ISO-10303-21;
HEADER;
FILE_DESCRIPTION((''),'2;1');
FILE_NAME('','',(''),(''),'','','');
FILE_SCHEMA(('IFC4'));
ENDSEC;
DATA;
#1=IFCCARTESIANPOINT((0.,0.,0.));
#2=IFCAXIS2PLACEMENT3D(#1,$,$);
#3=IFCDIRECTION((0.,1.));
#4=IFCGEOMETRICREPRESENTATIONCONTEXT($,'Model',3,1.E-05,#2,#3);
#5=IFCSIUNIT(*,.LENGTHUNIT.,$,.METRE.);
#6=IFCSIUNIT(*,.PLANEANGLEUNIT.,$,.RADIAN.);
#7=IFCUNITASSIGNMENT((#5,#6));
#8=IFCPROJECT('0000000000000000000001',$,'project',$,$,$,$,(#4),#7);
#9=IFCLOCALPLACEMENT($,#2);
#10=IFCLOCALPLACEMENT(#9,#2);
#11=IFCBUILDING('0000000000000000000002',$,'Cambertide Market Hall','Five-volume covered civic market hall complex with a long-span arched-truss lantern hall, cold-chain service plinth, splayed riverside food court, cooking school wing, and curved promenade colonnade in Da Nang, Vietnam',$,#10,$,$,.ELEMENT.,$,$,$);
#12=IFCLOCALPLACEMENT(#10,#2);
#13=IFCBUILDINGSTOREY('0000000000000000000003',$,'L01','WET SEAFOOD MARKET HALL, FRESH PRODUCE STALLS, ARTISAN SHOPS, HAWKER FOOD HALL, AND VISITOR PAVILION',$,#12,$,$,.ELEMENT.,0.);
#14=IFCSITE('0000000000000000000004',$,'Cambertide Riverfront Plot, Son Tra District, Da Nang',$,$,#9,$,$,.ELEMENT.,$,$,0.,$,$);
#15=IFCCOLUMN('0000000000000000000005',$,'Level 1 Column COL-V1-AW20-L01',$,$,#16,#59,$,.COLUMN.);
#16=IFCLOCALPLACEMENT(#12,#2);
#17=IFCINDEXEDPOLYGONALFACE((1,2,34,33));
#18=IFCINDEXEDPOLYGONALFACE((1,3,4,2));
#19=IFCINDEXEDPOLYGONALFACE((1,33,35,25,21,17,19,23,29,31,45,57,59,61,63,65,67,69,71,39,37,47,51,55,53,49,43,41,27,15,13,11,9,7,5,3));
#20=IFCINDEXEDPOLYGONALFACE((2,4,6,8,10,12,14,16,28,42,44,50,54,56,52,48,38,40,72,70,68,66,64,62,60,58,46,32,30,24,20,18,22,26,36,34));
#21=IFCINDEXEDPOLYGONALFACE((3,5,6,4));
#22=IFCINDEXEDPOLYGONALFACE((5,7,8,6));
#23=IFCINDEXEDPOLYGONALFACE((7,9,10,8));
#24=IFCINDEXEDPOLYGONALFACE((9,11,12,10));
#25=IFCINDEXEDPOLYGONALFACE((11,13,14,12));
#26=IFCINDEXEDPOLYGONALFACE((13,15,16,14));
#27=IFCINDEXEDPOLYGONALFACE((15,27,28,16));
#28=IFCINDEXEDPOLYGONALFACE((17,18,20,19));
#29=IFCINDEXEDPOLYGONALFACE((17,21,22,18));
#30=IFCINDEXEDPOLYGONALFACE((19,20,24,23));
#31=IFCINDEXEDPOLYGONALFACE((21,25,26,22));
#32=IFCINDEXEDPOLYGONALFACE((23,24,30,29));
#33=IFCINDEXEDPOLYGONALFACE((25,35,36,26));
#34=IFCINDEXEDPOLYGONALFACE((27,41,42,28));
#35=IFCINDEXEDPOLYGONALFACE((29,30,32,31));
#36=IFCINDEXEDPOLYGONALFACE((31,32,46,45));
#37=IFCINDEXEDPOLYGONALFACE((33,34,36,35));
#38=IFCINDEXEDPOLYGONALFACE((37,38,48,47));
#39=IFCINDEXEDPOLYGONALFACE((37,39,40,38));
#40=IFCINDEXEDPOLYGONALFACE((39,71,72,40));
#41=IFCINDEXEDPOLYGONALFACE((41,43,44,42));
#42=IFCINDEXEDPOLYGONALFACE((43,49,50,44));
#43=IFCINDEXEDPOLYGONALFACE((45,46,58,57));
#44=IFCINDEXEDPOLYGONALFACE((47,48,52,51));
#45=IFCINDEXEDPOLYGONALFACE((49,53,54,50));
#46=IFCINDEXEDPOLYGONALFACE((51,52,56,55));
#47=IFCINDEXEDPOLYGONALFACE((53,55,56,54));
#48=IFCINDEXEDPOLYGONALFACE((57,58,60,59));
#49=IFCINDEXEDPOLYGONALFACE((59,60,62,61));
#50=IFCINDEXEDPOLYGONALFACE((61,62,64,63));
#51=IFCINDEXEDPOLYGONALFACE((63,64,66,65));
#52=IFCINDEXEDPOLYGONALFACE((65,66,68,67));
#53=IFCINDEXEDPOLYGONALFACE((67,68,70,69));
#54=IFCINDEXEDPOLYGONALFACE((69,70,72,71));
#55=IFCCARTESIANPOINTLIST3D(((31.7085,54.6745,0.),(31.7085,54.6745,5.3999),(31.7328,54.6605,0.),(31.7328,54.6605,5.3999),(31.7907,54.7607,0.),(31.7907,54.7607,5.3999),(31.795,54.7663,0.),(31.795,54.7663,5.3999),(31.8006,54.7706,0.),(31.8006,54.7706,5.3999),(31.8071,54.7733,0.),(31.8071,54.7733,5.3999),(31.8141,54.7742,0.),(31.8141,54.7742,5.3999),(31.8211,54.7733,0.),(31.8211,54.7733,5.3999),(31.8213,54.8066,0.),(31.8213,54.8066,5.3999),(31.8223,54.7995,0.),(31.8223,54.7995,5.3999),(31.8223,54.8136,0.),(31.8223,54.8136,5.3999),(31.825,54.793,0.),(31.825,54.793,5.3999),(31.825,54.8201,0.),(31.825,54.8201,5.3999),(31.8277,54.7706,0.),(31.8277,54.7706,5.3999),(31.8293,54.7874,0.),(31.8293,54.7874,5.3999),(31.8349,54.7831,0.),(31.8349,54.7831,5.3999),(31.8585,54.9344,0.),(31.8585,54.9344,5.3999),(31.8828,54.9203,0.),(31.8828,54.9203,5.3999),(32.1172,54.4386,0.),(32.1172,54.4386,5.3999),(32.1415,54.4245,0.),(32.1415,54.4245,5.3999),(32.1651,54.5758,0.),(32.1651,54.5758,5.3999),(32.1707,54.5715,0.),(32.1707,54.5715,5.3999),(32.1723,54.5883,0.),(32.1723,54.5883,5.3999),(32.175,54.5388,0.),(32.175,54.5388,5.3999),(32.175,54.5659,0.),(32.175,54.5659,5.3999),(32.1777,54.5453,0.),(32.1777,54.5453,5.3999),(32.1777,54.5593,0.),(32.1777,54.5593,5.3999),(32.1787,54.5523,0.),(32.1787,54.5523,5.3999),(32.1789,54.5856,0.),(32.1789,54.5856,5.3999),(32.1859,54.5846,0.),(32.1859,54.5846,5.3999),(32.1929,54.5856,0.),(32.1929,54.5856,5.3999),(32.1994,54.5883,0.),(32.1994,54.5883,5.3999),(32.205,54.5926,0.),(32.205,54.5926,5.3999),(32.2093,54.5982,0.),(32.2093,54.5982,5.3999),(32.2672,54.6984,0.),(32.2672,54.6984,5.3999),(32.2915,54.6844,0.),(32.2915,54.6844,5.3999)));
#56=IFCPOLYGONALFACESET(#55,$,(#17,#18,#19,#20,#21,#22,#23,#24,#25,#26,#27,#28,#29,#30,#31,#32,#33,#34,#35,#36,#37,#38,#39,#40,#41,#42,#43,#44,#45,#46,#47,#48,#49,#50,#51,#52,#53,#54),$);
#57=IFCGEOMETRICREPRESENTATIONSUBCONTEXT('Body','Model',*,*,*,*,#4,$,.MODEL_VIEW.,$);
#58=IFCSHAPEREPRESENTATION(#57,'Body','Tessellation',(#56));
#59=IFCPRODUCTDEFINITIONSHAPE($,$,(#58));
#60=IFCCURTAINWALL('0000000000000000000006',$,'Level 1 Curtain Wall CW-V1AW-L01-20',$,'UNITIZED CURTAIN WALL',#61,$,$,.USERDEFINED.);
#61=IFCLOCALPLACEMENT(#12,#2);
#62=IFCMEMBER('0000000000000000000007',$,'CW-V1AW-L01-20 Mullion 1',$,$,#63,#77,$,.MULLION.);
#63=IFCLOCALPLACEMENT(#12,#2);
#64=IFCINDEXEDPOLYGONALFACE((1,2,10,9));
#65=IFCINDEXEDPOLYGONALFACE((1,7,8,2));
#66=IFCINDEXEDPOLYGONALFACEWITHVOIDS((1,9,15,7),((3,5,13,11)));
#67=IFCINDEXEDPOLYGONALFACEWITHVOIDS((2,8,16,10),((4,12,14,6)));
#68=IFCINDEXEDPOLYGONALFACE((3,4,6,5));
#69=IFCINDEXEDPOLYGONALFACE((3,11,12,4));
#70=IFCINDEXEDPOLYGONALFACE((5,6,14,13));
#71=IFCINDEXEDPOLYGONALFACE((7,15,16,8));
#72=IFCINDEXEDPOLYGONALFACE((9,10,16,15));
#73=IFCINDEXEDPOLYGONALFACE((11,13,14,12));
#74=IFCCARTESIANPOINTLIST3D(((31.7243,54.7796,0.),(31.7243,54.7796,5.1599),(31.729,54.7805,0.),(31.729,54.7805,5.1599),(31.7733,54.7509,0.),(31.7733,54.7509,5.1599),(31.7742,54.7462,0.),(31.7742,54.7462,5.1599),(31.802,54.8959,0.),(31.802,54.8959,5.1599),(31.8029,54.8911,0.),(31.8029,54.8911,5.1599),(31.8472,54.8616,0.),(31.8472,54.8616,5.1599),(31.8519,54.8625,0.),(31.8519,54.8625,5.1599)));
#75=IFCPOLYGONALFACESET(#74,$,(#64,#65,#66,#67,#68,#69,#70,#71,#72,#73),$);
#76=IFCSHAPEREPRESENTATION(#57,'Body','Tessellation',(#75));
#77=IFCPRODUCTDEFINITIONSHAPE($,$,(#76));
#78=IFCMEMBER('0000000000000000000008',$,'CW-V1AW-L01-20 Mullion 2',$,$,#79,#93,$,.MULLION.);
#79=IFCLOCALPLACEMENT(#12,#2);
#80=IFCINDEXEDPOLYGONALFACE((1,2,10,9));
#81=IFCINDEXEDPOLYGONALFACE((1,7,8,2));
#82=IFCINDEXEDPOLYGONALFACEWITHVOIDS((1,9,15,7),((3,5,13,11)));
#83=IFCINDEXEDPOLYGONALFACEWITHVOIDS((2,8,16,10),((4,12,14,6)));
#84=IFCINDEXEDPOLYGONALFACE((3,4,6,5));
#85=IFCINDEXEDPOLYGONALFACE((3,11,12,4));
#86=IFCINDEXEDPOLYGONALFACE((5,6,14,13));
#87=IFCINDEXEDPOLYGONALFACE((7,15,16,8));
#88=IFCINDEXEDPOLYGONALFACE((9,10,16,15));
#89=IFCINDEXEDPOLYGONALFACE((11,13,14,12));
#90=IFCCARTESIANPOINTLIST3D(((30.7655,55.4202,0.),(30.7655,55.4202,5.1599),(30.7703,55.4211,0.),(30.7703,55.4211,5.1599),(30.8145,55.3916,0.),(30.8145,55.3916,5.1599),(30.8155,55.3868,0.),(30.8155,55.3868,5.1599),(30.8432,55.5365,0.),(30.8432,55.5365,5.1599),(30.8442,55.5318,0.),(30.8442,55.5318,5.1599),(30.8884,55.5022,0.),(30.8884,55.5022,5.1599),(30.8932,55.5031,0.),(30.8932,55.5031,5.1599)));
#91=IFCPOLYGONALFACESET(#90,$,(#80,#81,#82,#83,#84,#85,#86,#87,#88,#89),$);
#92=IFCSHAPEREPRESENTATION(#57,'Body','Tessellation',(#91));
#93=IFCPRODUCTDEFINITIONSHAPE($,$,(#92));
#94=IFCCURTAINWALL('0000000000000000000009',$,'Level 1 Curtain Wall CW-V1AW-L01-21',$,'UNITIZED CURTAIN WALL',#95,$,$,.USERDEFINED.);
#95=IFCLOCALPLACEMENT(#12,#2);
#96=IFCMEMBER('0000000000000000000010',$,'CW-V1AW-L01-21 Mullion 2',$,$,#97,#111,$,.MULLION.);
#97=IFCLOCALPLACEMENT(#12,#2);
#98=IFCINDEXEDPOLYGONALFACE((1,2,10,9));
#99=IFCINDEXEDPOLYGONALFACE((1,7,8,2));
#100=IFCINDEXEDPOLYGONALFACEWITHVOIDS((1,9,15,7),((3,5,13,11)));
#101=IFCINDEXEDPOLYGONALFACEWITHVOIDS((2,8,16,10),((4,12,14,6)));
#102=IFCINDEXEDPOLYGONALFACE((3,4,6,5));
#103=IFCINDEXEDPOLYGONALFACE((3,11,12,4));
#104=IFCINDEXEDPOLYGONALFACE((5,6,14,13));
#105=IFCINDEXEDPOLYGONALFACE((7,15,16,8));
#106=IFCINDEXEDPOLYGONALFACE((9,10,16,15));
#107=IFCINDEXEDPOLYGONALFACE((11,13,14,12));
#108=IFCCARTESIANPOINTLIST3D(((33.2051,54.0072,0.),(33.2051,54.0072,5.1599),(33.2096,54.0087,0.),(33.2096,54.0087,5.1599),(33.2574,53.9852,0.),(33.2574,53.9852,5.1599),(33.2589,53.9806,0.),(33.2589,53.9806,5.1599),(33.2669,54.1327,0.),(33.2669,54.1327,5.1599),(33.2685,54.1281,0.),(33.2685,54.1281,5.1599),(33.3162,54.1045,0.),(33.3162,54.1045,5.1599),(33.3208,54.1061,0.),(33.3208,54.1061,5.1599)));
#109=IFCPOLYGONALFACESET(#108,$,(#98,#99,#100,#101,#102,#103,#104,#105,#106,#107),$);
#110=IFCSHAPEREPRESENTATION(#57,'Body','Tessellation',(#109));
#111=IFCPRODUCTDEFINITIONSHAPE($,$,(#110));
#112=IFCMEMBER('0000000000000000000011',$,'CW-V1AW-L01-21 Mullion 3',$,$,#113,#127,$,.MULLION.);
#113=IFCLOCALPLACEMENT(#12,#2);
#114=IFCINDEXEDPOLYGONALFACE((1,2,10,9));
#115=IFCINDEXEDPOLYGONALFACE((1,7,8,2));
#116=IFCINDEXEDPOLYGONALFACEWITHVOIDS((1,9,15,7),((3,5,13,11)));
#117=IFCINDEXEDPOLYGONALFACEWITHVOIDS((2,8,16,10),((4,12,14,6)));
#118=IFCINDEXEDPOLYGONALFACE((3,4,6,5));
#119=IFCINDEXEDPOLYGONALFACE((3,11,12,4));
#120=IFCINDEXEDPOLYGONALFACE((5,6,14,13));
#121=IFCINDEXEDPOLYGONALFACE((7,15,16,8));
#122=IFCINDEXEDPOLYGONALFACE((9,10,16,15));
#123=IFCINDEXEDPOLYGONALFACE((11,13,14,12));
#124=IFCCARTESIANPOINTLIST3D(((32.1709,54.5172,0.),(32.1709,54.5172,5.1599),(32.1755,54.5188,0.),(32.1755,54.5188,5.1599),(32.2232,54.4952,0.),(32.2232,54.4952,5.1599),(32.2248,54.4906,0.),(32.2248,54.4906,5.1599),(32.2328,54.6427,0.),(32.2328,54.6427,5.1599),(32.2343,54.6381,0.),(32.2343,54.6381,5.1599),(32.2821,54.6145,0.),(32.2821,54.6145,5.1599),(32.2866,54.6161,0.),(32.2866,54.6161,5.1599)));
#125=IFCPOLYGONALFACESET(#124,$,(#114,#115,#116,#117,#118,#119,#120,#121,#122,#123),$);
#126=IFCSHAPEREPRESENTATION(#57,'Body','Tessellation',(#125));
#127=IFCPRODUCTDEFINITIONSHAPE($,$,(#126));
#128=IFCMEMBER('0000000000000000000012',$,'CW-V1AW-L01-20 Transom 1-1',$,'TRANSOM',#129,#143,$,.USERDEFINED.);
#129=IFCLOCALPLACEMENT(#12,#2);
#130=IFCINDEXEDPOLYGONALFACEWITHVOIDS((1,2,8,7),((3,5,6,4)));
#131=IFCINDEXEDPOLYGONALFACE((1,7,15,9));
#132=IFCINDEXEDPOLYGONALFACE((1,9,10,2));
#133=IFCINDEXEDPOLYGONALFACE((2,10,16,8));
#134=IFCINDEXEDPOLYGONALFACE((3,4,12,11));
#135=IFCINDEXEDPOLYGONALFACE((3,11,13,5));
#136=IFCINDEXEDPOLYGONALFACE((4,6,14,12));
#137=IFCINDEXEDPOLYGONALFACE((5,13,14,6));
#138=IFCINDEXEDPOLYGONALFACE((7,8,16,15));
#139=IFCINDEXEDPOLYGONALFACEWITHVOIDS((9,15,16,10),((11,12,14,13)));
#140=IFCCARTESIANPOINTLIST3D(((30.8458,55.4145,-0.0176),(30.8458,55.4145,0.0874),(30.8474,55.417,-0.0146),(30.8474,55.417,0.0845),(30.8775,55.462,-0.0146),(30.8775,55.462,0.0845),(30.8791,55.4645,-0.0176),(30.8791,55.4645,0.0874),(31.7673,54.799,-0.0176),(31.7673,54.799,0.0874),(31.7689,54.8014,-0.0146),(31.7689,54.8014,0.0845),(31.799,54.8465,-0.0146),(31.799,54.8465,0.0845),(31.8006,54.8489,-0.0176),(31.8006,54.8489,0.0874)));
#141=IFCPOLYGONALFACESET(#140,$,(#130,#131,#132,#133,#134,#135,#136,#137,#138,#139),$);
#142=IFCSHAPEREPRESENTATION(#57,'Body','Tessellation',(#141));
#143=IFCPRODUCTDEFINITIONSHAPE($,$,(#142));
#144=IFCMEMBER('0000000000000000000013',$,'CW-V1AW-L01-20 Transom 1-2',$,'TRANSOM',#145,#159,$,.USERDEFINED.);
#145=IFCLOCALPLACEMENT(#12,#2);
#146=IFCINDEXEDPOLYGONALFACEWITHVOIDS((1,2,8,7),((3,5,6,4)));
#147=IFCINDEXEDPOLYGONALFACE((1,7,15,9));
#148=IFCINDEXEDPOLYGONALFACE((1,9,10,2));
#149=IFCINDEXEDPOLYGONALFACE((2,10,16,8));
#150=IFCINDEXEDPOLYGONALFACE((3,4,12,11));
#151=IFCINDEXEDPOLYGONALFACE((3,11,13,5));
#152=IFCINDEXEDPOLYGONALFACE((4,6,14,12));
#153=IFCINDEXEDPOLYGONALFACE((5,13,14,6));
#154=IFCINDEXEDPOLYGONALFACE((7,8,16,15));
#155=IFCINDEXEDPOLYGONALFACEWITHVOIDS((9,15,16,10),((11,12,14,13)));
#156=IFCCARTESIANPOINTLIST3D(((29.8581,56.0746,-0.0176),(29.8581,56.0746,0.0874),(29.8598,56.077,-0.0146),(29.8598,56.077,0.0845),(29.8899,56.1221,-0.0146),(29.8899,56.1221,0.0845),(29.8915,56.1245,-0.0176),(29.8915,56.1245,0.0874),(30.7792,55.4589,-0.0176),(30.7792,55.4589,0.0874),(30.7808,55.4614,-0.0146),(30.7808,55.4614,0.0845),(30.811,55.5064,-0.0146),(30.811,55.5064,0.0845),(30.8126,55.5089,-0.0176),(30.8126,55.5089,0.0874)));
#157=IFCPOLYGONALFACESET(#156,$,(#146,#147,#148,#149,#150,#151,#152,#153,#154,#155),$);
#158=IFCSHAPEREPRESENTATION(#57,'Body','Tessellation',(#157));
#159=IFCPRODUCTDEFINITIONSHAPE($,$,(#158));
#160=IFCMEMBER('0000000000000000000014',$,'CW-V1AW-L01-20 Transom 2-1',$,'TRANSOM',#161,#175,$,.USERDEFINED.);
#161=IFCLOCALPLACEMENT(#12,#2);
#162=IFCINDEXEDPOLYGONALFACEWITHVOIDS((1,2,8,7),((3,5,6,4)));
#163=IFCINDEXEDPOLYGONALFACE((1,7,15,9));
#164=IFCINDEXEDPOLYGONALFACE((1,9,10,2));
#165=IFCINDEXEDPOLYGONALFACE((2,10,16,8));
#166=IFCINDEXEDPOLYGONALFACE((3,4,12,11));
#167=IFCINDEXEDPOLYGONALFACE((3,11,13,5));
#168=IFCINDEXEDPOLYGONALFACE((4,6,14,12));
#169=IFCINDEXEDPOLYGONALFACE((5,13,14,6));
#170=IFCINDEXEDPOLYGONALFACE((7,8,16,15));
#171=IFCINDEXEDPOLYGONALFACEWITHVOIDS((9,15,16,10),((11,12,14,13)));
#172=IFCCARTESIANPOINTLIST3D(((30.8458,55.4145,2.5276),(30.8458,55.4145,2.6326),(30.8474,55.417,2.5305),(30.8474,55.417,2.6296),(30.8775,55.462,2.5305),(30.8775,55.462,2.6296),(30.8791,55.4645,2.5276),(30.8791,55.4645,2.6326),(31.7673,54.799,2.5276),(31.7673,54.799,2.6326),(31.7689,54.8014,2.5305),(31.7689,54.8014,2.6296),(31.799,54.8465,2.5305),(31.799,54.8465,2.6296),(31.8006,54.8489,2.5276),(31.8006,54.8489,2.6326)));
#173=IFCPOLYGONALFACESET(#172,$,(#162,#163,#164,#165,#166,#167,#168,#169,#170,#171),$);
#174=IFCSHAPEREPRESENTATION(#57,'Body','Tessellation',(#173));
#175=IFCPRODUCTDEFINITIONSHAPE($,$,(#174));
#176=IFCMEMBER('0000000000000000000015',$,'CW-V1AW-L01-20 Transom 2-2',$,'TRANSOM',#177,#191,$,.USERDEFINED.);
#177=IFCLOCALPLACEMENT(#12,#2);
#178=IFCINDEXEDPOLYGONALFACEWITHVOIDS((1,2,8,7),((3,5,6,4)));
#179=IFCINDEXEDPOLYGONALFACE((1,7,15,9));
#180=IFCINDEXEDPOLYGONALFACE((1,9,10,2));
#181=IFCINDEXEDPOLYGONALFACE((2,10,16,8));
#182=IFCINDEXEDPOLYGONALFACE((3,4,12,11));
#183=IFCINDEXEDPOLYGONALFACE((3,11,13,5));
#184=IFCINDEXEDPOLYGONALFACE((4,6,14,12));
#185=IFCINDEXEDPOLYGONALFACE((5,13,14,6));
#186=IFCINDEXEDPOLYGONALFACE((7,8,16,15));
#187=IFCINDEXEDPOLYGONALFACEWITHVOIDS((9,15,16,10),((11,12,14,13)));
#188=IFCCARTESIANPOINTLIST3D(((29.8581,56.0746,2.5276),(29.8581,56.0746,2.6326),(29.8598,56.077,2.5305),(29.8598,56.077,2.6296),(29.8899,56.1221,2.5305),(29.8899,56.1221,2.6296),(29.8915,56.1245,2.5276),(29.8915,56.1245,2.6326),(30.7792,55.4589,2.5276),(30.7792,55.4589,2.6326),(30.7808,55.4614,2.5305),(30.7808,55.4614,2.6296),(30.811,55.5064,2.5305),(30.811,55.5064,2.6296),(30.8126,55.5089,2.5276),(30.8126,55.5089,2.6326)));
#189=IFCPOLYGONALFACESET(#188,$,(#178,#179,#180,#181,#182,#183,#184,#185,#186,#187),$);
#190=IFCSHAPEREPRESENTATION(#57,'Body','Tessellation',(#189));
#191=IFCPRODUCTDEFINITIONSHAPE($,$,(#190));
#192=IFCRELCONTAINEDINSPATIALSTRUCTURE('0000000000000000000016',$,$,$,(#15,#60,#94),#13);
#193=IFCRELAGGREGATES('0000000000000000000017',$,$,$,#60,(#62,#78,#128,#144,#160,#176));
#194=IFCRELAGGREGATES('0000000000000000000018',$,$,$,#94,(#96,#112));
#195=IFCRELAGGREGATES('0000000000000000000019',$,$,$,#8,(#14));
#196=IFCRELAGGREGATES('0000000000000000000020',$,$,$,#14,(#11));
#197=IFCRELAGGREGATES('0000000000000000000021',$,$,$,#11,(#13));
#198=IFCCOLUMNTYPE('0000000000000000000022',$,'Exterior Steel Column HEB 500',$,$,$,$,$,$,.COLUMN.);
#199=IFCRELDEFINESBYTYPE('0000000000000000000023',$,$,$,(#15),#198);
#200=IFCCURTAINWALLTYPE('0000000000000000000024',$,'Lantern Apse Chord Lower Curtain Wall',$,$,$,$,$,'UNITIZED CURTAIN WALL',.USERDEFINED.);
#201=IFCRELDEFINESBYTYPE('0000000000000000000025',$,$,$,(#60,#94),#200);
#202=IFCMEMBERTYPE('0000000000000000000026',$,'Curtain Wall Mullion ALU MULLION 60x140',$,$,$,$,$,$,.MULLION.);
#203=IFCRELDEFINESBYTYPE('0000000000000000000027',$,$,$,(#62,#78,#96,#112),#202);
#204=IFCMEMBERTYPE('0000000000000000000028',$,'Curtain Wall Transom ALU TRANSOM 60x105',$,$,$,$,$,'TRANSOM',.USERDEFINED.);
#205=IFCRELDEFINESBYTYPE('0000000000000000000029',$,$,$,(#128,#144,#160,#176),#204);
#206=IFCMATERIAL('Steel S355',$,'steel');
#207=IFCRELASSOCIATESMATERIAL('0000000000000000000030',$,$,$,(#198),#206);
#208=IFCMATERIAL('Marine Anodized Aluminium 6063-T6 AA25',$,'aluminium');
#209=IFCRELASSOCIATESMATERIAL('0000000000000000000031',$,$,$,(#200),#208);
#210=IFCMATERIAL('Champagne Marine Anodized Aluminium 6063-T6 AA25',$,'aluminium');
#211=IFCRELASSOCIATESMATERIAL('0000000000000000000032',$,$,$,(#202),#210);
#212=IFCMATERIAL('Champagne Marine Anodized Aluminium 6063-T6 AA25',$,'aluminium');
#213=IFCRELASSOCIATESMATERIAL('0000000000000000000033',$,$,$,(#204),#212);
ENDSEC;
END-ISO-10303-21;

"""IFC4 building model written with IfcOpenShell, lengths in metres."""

from ifc_helpers import new_model, si_unit, direction, frame, origin, origin_2d, place, context, subcontext, project, spatial, hollow_rectangle, i_section, extrude, material, material_profile, profile_set, type_object, element, aggregate, save


model = new_model("IFC4")

# Units and contexts
model_context = context("Model", 3, precision=1e-05, world=origin(), true_north=direction((0.0, 1.0)))
body_context = subcontext(model_context, "Body", "Model", "MODEL_VIEW")
ifc_project = project(units=[si_unit("LENGTHUNIT", "METRE"), si_unit("PLANEANGLEUNIT", "RADIAN")], contexts=[model_context])

# Site, building, storey
site_placement = place(None, origin())
site = spatial("IfcSite", under=ifc_project, at=site_placement, Name="Cambertide Riverfront Plot, Son Tra District, Da Nang", CompositionType="ELEMENT", RefElevation=0.0)
building_placement = place(site_placement, origin())
building = spatial("IfcBuilding", under=site, at=building_placement, Name="Cambertide Market Hall", Description="Five-volume covered civic market hall complex with a long-span arched-truss lantern hall, cold-chain service plinth, splayed riverside food court, cooking school wing, and curved promenade colonnade in Da Nang, Vietnam", CompositionType="ELEMENT")
storey_placement = place(building_placement, origin())
storey = spatial("IfcBuildingStorey", under=building, at=storey_placement, Name="L01", Description="WET SEAFOOD MARKET HALL, FRESH PRODUCE STALLS, ARTISAN SHOPS, HAWKER FOOD HALL, AND VISITOR PAVILION", CompositionType="ELEMENT", Elevation=0.0)

# Column
ifc_material_1 = material(Name="Steel S355", Category="steel")
ifc_material_profile_1 = material_profile(ifc_material_1, i_section(OverallWidth=0.3, OverallDepth=0.5, WebThickness=0.0144, FlangeThickness=0.0281, FilletRadius=0.0271, at=origin_2d()), Name="HEB 500")
ifc_profile_set_1 = profile_set([ifc_material_profile_1], Name="Steel S355")
column_type = type_object("IfcColumnType", Name="Exterior Steel Column HEB 500", PredefinedType="COLUMN", material=ifc_profile_set_1)
column_placement = place(storey_placement, frame((32.0, 54.6794, 0.0), z_axis=(0.0, 0.0, 1.0), x_axis=(-0.5, -0.866025, 0.0)))
element("IfcColumn", 1, at=column_placement, inside=storey, type_object=column_type, Name="Level 1 Column COL-V1-AW20-L01", PredefinedType="COLUMN", context=body_context, shape_type="SweptSolid", body=[
    extrude(i_section(OverallWidth=0.3, OverallDepth=0.5, WebThickness=0.0144, FlangeThickness=0.0281, FilletRadius=0.0271, at=origin_2d()), origin(), (0.0, 0.0, 1.0), 5.3999),
])

# Curtain walls, members
ifc_material_2 = material(Name="Marine Anodized Aluminium 6063-T6 AA25", Category="aluminium")
curtain_wall_type = type_object("IfcCurtainWallType", Name="Lantern Apse Chord Lower Curtain Wall", ElementType="UNITIZED CURTAIN WALL", PredefinedType="USERDEFINED", material=ifc_material_2)
curtain_wall_1_placement = place(storey_placement, origin())
curtain_wall_1 = element("IfcCurtainWall", 2, at=curtain_wall_1_placement, inside=storey, type_object=curtain_wall_type, Name="Level 1 Curtain Wall CW-V1AW-L01-20", ObjectType="UNITIZED CURTAIN WALL", PredefinedType="USERDEFINED")
ifc_material_3 = material(Name="Champagne Marine Anodized Aluminium 6063-T6 AA25", Category="aluminium")
ifc_material_profile_2 = material_profile(ifc_material_3, hollow_rectangle(XDim=0.0601, YDim=0.1399, WallThickness=0.0034, at=origin_2d()), Name="ALU MULLION 60x140")
ifc_profile_set_2 = profile_set([ifc_material_profile_2], Name="Champagne Marine Anodized Aluminium 6063-T6 AA25")
member_type_1 = type_object("IfcMemberType", Name="Curtain Wall Mullion ALU MULLION 60x140", PredefinedType="MULLION", material=ifc_profile_set_2)
member_1_placement = place(storey_placement, frame((31.7881, 54.821, 0.0), z_axis=(0.0, 0.0, 1.0), x_axis=(-0.83147, 0.55557, 0.0)))
member_1 = element("IfcMember", 3, at=member_1_placement, type_object=member_type_1, Name="CW-V1AW-L01-20 Mullion 1", PredefinedType="MULLION", context=body_context, shape_type="SweptSolid", body=[
    extrude(hollow_rectangle(XDim=0.0601, YDim=0.1399, WallThickness=0.0034, at=origin_2d()), origin(), (0.0, 0.0, 1.0), 5.1599),
])
member_2_placement = place(storey_placement, frame((30.8293, 55.4617, 0.0), z_axis=(0.0, 0.0, 1.0), x_axis=(-0.83147, 0.55557, 0.0)))
member_2 = element("IfcMember", 4, at=member_2_placement, type_object=member_type_1, Name="CW-V1AW-L01-20 Mullion 2", PredefinedType="MULLION", context=body_context, shape_type="SweptSolid", body=[
    extrude(hollow_rectangle(XDim=0.0601, YDim=0.1399, WallThickness=0.0034, at=origin_2d()), origin(), (0.0, 0.0, 1.0), 5.1599),
])
curtain_wall_2_placement = place(storey_placement, origin())
curtain_wall_2 = element("IfcCurtainWall", 5, at=curtain_wall_2_placement, inside=storey, type_object=curtain_wall_type, Name="Level 1 Curtain Wall CW-V1AW-L01-21", ObjectType="UNITIZED CURTAIN WALL", PredefinedType="USERDEFINED")
member_3_placement = place(storey_placement, frame((33.2629, 54.0566, 0.0), z_axis=(0.0, 0.0, 1.0), x_axis=(-0.896873, 0.442289, 0.0)))
member_3 = element("IfcMember", 6, at=member_3_placement, type_object=member_type_1, Name="CW-V1AW-L01-21 Mullion 2", PredefinedType="MULLION", context=body_context, shape_type="SweptSolid", body=[
    extrude(hollow_rectangle(XDim=0.0601, YDim=0.1399, WallThickness=0.0034, at=origin_2d()), origin(), (0.0, 0.0, 1.0), 5.1599),
])
member_4_placement = place(storey_placement, frame((32.2288, 54.5667, 0.0), z_axis=(0.0, 0.0, 1.0), x_axis=(-0.896873, 0.442289, 0.0)))
member_4 = element("IfcMember", 7, at=member_4_placement, type_object=member_type_1, Name="CW-V1AW-L01-21 Mullion 3", PredefinedType="MULLION", context=body_context, shape_type="SweptSolid", body=[
    extrude(hollow_rectangle(XDim=0.0601, YDim=0.1399, WallThickness=0.0034, at=origin_2d()), origin(), (0.0, 0.0, 1.0), 5.1599),
])

# Members
ifc_material_4 = material(Name="Champagne Marine Anodized Aluminium 6063-T6 AA25", Category="aluminium")
ifc_material_profile_3 = material_profile(ifc_material_4, hollow_rectangle(XDim=0.0601, YDim=0.105, WallThickness=0.0029, at=origin_2d()), Name="ALU TRANSOM 60x105")
ifc_profile_set_3 = profile_set([ifc_material_profile_3], Name="Champagne Marine Anodized Aluminium 6063-T6 AA25")
member_type_2 = type_object("IfcMemberType", Name="Curtain Wall Transom ALU TRANSOM 60x105", ElementType="TRANSOM", PredefinedType="USERDEFINED", material=ifc_profile_set_3)
member_5_placement = place(storey_placement, frame((31.7839, 54.824, 0.0349), z_axis=(-0.831541, 0.555463, 0.0), x_axis=(-0.555463, -0.831541, 0.0)))
member_5 = element("IfcMember", 8, at=member_5_placement, type_object=member_type_2, Name="CW-V1AW-L01-20 Transom 1-1", ObjectType="TRANSOM", PredefinedType="USERDEFINED", context=body_context, shape_type="SweptSolid", body=[
    extrude(hollow_rectangle(XDim=0.0601, YDim=0.105, WallThickness=0.0029, at=origin_2d()), origin(), (0.0, 0.0, 1.0), 1.1082),
])
member_6_placement = place(storey_placement, frame((30.7959, 55.4839, 0.0349), z_axis=(-0.831372, 0.555717, 0.0), x_axis=(-0.555717, -0.831372, 0.0)))
member_6 = element("IfcMember", 9, at=member_6_placement, type_object=member_type_2, Name="CW-V1AW-L01-20 Transom 1-2", ObjectType="TRANSOM", PredefinedType="USERDEFINED", context=body_context, shape_type="SweptSolid", body=[
    extrude(hollow_rectangle(XDim=0.0601, YDim=0.105, WallThickness=0.0029, at=origin_2d()), origin(), (0.0, 0.0, 1.0), 1.1079),
])
member_7_placement = place(storey_placement, frame((31.7839, 54.824, 2.5801), z_axis=(-0.831541, 0.555463, 0.0), x_axis=(-0.555463, -0.831541, 0.0)))
member_7 = element("IfcMember", 10, at=member_7_placement, type_object=member_type_2, Name="CW-V1AW-L01-20 Transom 2-1", ObjectType="TRANSOM", PredefinedType="USERDEFINED", context=body_context, shape_type="SweptSolid", body=[
    extrude(hollow_rectangle(XDim=0.0601, YDim=0.105, WallThickness=0.0029, at=origin_2d()), origin(), (0.0, 0.0, 1.0), 1.1082),
])
member_8_placement = place(storey_placement, frame((30.7959, 55.4839, 2.5801), z_axis=(-0.831372, 0.555717, 0.0), x_axis=(-0.555717, -0.831372, 0.0)))
member_8 = element("IfcMember", 11, at=member_8_placement, type_object=member_type_2, Name="CW-V1AW-L01-20 Transom 2-2", ObjectType="TRANSOM", PredefinedType="USERDEFINED", context=body_context, shape_type="SweptSolid", body=[
    extrude(hollow_rectangle(XDim=0.0601, YDim=0.105, WallThickness=0.0029, at=origin_2d()), origin(), (0.0, 0.0, 1.0), 1.1079),
])

aggregate(curtain_wall_1, [member_1, member_2, member_5, member_6, member_7, member_8])
aggregate(curtain_wall_2, [member_3, member_4])

save(model, "model.ifc")
